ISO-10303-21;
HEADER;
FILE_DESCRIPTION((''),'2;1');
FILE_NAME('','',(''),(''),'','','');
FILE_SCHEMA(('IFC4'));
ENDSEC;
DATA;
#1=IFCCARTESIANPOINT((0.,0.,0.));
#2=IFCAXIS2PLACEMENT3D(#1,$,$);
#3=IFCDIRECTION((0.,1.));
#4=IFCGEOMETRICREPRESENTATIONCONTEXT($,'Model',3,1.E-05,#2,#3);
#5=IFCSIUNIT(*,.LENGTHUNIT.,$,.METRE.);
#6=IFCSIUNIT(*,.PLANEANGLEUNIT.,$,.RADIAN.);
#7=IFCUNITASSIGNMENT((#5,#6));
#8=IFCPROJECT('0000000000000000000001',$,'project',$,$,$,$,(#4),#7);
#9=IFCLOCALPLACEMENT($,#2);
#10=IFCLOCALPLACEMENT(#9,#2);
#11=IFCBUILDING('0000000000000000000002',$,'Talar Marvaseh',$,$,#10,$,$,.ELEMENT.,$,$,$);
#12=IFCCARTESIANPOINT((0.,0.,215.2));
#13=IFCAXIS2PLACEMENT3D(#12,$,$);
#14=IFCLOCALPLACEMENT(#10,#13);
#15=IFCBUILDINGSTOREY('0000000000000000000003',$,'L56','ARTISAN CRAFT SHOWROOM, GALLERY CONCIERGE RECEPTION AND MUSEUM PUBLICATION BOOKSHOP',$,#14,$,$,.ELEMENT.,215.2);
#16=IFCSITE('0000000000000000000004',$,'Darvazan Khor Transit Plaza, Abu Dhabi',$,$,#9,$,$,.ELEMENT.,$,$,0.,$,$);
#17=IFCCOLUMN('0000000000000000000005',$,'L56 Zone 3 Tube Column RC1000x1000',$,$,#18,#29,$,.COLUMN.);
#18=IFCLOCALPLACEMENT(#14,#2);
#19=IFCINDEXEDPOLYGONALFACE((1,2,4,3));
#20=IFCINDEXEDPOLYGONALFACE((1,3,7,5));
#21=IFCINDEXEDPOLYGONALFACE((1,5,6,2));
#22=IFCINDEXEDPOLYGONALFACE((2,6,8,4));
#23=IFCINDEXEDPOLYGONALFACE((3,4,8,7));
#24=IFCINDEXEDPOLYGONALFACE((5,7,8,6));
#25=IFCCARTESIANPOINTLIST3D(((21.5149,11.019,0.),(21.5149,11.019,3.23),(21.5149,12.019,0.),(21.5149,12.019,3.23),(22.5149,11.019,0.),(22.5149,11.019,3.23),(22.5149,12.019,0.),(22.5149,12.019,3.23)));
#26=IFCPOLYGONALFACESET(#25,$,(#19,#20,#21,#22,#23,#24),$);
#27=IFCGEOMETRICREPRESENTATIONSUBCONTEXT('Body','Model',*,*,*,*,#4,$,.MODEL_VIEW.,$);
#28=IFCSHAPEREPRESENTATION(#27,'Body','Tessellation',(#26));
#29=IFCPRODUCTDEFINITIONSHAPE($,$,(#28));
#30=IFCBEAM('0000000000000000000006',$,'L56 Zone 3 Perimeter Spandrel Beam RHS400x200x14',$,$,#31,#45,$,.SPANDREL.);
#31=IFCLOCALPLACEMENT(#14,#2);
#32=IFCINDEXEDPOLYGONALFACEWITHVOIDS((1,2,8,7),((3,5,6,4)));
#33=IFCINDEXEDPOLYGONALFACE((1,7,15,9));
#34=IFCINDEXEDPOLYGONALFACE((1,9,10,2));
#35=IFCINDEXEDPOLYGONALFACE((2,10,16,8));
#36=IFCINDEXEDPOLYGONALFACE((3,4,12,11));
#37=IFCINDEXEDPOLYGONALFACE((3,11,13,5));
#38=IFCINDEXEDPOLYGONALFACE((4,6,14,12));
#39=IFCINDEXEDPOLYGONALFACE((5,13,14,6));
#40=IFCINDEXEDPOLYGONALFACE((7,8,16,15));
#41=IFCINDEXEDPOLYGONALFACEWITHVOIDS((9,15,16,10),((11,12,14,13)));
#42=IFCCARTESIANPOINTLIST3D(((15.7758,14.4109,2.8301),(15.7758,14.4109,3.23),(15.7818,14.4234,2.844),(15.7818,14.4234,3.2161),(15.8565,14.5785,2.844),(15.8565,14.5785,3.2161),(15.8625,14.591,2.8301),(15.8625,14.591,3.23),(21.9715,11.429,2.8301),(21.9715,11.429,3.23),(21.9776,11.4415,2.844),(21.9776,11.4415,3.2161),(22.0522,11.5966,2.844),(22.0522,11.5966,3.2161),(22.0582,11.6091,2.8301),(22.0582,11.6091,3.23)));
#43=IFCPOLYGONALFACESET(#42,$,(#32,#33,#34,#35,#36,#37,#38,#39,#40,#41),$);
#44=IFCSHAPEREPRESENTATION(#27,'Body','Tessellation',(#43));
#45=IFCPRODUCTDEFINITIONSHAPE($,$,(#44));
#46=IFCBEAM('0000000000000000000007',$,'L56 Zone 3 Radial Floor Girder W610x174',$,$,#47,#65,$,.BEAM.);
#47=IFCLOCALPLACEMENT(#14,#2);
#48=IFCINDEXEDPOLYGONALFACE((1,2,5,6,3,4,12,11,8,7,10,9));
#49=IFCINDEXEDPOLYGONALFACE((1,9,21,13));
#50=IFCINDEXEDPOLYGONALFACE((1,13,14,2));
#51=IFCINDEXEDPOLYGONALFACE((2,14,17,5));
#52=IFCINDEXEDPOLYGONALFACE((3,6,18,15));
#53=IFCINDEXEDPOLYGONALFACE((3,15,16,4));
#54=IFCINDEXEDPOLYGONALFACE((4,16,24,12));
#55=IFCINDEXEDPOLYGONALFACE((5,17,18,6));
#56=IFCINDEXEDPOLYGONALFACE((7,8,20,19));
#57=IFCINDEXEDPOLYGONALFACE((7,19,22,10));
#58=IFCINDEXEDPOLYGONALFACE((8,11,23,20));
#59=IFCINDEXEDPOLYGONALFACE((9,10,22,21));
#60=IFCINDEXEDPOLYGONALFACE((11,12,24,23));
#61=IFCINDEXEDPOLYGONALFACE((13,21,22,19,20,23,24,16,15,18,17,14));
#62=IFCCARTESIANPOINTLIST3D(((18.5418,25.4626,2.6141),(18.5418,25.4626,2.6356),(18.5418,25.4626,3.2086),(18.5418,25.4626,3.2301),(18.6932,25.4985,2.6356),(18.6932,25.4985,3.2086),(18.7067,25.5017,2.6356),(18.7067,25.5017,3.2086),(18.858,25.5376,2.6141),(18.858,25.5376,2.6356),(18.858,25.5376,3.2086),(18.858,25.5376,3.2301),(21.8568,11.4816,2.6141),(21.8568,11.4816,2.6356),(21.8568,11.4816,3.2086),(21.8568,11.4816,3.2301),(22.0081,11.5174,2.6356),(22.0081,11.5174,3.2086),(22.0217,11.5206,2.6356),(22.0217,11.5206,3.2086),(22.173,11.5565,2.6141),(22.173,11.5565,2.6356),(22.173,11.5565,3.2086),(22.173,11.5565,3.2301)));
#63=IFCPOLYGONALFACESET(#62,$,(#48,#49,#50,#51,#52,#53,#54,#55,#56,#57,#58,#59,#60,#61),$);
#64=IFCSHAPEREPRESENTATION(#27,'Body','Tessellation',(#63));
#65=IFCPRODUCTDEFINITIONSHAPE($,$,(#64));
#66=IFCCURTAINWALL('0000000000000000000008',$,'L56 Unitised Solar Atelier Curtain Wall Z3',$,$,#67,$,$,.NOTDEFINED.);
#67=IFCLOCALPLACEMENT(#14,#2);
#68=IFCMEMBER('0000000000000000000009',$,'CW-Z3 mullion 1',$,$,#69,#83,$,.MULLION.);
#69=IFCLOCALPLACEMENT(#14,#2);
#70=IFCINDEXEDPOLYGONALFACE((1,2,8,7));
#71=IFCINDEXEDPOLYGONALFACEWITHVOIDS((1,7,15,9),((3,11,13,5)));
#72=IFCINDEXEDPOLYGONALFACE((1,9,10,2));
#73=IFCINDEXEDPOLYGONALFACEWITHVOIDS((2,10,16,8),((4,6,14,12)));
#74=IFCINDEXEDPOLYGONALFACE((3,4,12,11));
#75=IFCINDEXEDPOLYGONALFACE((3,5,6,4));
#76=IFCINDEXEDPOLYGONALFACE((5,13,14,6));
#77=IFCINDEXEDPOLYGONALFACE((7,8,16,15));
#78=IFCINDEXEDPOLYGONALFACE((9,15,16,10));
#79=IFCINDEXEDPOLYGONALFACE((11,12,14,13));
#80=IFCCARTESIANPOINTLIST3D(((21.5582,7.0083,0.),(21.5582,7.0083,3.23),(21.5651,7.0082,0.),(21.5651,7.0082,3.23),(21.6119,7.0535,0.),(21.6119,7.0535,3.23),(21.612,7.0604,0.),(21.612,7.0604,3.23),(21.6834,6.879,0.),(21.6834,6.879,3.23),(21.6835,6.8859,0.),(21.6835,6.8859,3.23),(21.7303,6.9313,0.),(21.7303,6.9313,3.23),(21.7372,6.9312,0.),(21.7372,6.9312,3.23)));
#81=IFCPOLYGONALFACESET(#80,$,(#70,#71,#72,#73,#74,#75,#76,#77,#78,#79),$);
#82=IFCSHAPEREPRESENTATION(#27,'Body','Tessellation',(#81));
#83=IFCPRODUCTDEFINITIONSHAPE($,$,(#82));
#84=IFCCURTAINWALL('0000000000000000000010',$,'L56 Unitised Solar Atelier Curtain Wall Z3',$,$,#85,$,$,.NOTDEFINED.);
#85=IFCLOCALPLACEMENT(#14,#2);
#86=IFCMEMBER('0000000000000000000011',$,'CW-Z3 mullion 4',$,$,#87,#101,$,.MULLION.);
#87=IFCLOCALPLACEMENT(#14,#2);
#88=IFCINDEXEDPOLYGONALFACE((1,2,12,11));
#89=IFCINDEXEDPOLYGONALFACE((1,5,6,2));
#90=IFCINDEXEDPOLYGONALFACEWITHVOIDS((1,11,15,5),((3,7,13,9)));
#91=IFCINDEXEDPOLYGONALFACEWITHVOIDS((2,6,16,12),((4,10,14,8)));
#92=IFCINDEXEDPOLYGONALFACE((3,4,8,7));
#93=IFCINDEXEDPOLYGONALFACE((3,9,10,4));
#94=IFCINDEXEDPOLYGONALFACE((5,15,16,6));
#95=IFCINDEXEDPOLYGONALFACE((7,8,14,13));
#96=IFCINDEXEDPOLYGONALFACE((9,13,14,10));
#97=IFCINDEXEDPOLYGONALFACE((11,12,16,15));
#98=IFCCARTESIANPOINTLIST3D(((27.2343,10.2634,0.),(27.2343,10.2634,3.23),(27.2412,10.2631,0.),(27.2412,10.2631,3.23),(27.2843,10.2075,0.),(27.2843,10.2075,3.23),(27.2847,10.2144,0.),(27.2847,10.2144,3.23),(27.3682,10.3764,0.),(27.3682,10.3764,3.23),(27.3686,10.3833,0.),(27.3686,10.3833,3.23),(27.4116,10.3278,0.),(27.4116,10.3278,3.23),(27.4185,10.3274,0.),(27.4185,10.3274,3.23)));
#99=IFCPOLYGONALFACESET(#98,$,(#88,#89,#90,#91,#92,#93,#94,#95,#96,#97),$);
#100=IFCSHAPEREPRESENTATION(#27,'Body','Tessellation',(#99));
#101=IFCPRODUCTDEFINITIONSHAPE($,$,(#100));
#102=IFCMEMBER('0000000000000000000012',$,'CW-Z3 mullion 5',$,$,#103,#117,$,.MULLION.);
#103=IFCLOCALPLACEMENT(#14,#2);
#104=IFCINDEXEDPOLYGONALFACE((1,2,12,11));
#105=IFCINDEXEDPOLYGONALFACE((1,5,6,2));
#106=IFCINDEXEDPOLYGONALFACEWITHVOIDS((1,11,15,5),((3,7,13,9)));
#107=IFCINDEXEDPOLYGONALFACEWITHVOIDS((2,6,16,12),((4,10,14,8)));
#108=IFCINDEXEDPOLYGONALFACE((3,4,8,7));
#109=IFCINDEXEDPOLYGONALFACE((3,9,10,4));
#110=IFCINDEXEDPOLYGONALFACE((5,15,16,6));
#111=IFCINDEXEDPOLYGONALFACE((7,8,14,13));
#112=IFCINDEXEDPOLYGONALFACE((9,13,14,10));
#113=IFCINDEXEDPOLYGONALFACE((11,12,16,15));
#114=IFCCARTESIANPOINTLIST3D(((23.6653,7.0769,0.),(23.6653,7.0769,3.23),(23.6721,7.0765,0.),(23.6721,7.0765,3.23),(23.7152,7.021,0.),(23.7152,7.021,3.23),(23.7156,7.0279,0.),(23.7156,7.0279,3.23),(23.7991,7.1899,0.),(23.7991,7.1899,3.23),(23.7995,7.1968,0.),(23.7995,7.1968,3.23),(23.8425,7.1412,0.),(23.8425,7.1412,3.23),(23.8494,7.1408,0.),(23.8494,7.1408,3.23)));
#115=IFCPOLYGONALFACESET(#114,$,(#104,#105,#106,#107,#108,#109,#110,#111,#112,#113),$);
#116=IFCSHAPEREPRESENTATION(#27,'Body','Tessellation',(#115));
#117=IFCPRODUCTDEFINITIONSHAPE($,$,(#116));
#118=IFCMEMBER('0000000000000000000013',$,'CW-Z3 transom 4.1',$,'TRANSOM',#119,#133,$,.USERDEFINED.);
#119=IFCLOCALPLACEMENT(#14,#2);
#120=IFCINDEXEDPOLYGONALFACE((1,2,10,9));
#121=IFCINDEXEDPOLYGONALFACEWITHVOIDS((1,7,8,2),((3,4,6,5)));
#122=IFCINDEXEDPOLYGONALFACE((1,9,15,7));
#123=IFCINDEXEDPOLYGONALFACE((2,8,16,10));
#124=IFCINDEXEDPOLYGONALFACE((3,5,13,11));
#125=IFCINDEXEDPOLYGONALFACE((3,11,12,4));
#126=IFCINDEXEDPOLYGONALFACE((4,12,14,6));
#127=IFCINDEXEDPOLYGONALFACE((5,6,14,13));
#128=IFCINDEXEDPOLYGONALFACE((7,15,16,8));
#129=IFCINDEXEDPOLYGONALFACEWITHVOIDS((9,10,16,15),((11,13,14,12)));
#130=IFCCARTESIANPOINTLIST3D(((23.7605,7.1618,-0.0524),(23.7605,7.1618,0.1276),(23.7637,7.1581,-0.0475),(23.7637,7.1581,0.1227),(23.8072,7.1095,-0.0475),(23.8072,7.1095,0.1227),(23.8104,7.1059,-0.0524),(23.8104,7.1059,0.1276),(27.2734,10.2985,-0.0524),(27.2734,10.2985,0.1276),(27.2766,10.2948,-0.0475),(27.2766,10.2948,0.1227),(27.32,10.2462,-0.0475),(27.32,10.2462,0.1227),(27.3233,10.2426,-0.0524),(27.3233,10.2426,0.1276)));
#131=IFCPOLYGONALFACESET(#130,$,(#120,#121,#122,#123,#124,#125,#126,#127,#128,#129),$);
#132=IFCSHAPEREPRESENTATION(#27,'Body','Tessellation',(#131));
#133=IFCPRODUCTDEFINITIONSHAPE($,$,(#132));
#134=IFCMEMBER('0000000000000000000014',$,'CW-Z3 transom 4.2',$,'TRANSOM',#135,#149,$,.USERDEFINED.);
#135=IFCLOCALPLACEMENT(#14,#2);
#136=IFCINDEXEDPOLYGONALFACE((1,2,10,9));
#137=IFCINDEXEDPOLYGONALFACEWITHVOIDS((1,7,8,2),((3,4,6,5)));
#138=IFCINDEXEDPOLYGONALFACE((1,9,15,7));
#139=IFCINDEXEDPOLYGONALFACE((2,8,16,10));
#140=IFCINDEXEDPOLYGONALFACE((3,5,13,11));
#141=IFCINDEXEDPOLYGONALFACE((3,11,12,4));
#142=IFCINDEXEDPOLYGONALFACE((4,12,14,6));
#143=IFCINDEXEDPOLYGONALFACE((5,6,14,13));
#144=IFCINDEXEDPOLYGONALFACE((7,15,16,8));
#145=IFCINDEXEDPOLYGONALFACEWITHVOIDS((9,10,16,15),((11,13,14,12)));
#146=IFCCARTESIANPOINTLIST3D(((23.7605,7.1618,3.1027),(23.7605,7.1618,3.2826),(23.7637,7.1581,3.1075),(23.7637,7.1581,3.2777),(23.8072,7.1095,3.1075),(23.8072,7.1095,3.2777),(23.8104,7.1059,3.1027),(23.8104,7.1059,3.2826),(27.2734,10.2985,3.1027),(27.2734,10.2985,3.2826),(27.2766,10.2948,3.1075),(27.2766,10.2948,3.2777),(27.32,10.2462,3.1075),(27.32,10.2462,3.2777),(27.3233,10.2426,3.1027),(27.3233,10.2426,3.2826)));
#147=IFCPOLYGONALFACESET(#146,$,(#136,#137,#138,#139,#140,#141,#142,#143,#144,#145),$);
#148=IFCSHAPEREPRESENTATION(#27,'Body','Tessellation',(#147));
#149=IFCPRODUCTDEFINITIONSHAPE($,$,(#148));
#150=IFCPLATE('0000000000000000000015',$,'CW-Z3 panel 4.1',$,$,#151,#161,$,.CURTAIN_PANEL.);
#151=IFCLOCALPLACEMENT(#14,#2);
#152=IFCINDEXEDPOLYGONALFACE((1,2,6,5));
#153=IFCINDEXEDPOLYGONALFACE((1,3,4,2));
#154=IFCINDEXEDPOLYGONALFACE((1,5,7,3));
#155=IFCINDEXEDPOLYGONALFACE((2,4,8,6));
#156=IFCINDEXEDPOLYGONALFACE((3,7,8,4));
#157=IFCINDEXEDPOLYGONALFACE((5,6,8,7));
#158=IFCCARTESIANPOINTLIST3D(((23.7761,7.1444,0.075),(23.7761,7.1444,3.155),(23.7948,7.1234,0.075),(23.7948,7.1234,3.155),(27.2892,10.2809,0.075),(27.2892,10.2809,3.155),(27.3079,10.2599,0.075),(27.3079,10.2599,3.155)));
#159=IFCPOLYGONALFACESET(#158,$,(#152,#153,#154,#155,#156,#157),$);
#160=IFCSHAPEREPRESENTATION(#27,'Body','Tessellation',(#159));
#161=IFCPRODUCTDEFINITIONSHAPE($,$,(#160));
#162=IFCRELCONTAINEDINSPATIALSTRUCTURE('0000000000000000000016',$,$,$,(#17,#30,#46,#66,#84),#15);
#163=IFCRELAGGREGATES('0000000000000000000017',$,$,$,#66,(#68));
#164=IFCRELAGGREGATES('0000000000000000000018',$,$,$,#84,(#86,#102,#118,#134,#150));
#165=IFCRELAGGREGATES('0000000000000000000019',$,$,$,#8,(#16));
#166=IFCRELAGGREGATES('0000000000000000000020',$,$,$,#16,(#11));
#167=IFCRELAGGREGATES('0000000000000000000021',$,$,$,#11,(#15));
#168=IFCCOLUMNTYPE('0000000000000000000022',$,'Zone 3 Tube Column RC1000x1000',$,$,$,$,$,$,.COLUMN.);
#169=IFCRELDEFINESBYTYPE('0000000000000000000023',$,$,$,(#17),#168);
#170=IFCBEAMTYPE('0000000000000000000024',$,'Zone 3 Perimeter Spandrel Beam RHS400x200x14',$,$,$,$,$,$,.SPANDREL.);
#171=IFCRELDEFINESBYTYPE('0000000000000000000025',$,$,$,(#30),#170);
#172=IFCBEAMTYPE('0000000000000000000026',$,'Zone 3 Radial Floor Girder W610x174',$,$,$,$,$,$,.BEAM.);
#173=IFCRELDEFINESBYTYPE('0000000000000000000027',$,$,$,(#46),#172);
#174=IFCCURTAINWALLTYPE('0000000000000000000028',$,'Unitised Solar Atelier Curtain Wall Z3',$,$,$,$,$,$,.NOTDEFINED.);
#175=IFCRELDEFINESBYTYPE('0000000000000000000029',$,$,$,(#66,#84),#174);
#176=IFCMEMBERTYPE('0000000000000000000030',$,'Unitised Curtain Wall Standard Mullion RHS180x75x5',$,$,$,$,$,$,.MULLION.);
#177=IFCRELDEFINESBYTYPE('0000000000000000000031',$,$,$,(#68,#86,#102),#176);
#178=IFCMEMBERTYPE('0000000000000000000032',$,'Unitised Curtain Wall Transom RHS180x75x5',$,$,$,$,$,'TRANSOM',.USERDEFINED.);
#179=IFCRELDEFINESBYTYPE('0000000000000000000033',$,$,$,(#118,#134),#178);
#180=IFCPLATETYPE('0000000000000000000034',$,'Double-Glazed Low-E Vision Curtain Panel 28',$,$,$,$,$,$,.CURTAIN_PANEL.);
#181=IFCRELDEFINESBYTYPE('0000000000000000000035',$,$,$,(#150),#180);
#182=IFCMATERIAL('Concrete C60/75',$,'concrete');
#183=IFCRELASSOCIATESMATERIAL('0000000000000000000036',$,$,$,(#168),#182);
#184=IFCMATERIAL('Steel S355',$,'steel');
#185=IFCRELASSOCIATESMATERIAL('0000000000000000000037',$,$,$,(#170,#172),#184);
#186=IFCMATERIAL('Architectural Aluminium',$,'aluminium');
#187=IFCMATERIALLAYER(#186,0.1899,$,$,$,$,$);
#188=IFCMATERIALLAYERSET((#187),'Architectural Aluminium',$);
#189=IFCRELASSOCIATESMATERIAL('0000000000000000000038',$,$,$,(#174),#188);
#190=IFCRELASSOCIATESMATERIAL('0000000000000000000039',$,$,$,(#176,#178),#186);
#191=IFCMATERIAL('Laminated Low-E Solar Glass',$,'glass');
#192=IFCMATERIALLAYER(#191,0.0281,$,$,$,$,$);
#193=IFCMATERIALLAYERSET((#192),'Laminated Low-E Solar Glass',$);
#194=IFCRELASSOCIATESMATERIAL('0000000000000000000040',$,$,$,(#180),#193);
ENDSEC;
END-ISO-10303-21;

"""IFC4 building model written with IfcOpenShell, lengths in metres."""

from ifc_helpers import new_model, si_unit, direction, frame, origin, origin_2d, place, context, subcontext, project, spatial, rectangle, hollow_rectangle, i_section, extrude, source, transform, mapped, material, layer, layer_set, material_profile, profile_set, type_object, type_shapes, element, aggregate, save


model = new_model("IFC4")

# Units and contexts
model_context = context("Model", 3, precision=1e-05, world=origin(), true_north=direction((0.0, 1.0)))
body_context = subcontext(model_context, "Body", "Model", "MODEL_VIEW")
ifc_project = project(units=[si_unit("LENGTHUNIT", "METRE"), si_unit("PLANEANGLEUNIT", "RADIAN")], contexts=[model_context])

# Site, building, storey
site_placement = place(None, origin())
site = spatial("IfcSite", under=ifc_project, at=site_placement, Name="Darvazan Khor Transit Plaza, Abu Dhabi", CompositionType="ELEMENT", RefElevation=0.0)
building_placement = place(site_placement, origin())
building = spatial("IfcBuilding", under=site, at=building_placement, Name="Talar Marvaseh", CompositionType="ELEMENT")
storey_placement = place(building_placement, frame((0.0, 0.0, 215.2)))
storey = spatial("IfcBuildingStorey", under=building, at=storey_placement, Name="L56", Description="ARTISAN CRAFT SHOWROOM, GALLERY CONCIERGE RECEPTION AND MUSEUM PUBLICATION BOOKSHOP", CompositionType="ELEMENT", Elevation=215.2)

# Column
ifc_material_1 = material(Name="Concrete C60/75", Category="concrete")
ifc_material_profile_1 = material_profile(ifc_material_1, rectangle(XDim=1.0, YDim=1.0, at=origin_2d()), Name="RC1000x1000")
ifc_profile_set_1 = profile_set([ifc_material_profile_1], Name="Concrete C60/75")
column_type = type_object("IfcColumnType", Name="Zone 3 Tube Column RC1000x1000", PredefinedType="COLUMN", material=ifc_profile_set_1)
column_placement = place(storey_placement, frame((22.0149, 11.519, 0.0), z_axis=(0.0, 0.0, 1.0), x_axis=(1.0, 0.0, 0.0)))
element("IfcColumn", 1, at=column_placement, inside=storey, type_object=column_type, Name="L56 Zone 3 Tube Column RC1000x1000", PredefinedType="COLUMN", context=body_context, shape_type="SweptSolid", body=[
    extrude(rectangle(XDim=1.0, YDim=1.0, at=origin_2d()), origin(), (0.0, 0.0, 1.0), 3.23),
])

# Beams
ifc_material_2 = material(Name="Steel S355", Category="steel")
ifc_material_profile_2 = material_profile(ifc_material_2, hollow_rectangle(XDim=0.2, YDim=0.3999, WallThickness=0.0139, at=origin_2d()), Name="RHS400x200x14")
ifc_profile_set_2 = profile_set([ifc_material_profile_2], Name="Steel S355")
beam_type_1 = type_object("IfcBeamType", Name="Zone 3 Perimeter Spandrel Beam RHS400x200x14", PredefinedType="SPANDREL", material=ifc_profile_set_2)
beam_1_placement = place(storey_placement, frame((22.0149, 11.519, 3.03), z_axis=(-0.901072, 0.43367, 0.0), x_axis=(-0.43367, -0.901072, 0.0)))
element("IfcBeam", 2, at=beam_1_placement, inside=storey, type_object=beam_type_1, Name="L56 Zone 3 Perimeter Spandrel Beam RHS400x200x14", PredefinedType="SPANDREL", context=body_context, shape_type="SweptSolid", body=[
    extrude(hollow_rectangle(XDim=0.2, YDim=0.3999, WallThickness=0.0139, at=origin_2d()), origin(), (0.0, 0.0, 1.0), 6.876),
])
ifc_material_profile_3 = material_profile(ifc_material_2, i_section(OverallWidth=0.325, OverallDepth=0.616, WebThickness=0.0139, FlangeThickness=0.0215, at=origin_2d()), Name="W610x174")
ifc_profile_set_3 = profile_set([ifc_material_profile_3], Name="Steel S355")
beam_type_2 = type_object("IfcBeamType", Name="Zone 3 Radial Floor Girder W610x174", PredefinedType="BEAM", material=ifc_profile_set_3)
beam_2_placement = place(storey_placement, frame((22.0149, 11.519, 2.9221), z_axis=(-0.230708, 0.973023, 0.0), x_axis=(-0.973023, -0.230708, 0.0)))
element("IfcBeam", 3, at=beam_2_placement, inside=storey, type_object=beam_type_2, Name="L56 Zone 3 Radial Floor Girder W610x174", PredefinedType="BEAM", context=body_context, shape_type="SweptSolid", body=[
    extrude(i_section(OverallWidth=0.325, OverallDepth=0.616, WebThickness=0.0139, FlangeThickness=0.0215, at=origin_2d()), origin(), (0.0, 0.0, 1.0), 14.3687),
])

# Curtain wall, member
ifc_material_3 = material(Name="Architectural Aluminium", Category="aluminium")
ifc_layer_1 = layer(ifc_material_3, 0.1899)
ifc_layer_set_1 = layer_set([ifc_layer_1], Name="Architectural Aluminium")
curtain_wall_type = type_object("IfcCurtainWallType", Name="Unitised Solar Atelier Curtain Wall Z3", PredefinedType="NOTDEFINED", material=ifc_layer_set_1)
curtain_wall_1_placement = place(storey_placement, origin())
curtain_wall_1 = element("IfcCurtainWall", 4, at=curtain_wall_1_placement, inside=storey, type_object=curtain_wall_type, Name="L56 Unitised Solar Atelier Curtain Wall Z3", PredefinedType="NOTDEFINED")
ifc_material_profile_4 = material_profile(ifc_material_3, hollow_rectangle(XDim=0.075, YDim=0.1799, WallThickness=0.0049, at=origin_2d()), Name="RHS180x75x5")
ifc_profile_set_4 = profile_set([ifc_material_profile_4], Name="Architectural Aluminium")
member_type_1 = type_object("IfcMemberType", Name="Unitised Curtain Wall Standard Mullion RHS180x75x5", PredefinedType="MULLION", material=ifc_profile_set_4)
shared_shape_1 = source(origin(), body_context, "Body", "SweptSolid", [
    extrude(hollow_rectangle(XDim=0.075, YDim=0.1799, WallThickness=0.0049, at=origin_2d()), origin(), (0.0, 0.0, 1.0), 3.23),
])
type_shapes(member_type_1, [shared_shape_1])
member_1_placement = place(storey_placement, frame((21.6477, 6.9697, 0.0), z_axis=(0.0, 0.0, 1.0), x_axis=(-0.718173, -0.695864, 0.0)))
member_1 = element("IfcMember", 5, at=member_1_placement, type_object=member_type_1, Name="CW-Z3 mullion 1", PredefinedType="MULLION", context=body_context, shape_type="MappedRepresentation", body=[
    mapped(shared_shape_1, transform((0.0, 0.0, 0.0), x_axis=(1.0, 0.0, 0.0), y_axis=(0.0, 1.0, 0.0), z_axis=(0.0, 0.0, 1.0), scale=1.0)),
])
aggregate(curtain_wall_1, [member_1])

# Curtain wall, members, plate
curtain_wall_2_placement = place(storey_placement, origin())
curtain_wall_2 = element("IfcCurtainWall", 6, at=curtain_wall_2_placement, inside=storey, type_object=curtain_wall_type, Name="L56 Unitised Solar Atelier Curtain Wall Z3", PredefinedType="NOTDEFINED")
member_2_placement = place(storey_placement, frame((27.3264, 10.2954, 0.0), z_axis=(0.0, 0.0, 1.0), x_axis=(0.665998, -0.745954, 0.0)))
member_2 = element("IfcMember", 7, at=member_2_placement, type_object=member_type_1, Name="CW-Z3 mullion 4", PredefinedType="MULLION", context=body_context, shape_type="MappedRepresentation", body=[
    mapped(shared_shape_1, transform((0.0, 0.0, 0.0), x_axis=(1.0, 0.0, 0.0), y_axis=(0.0, 1.0, 0.0), z_axis=(0.0, 0.0, 1.0), scale=1.0)),
])
member_3_placement = place(storey_placement, frame((23.7573, 7.1089, 0.0), z_axis=(0.0, 0.0, 1.0), x_axis=(0.665998, -0.745954, 0.0)))
member_3 = element("IfcMember", 8, at=member_3_placement, type_object=member_type_1, Name="CW-Z3 mullion 5", PredefinedType="MULLION", context=body_context, shape_type="MappedRepresentation", body=[
    mapped(shared_shape_1, transform((0.0, 0.0, 0.0), x_axis=(1.0, 0.0, 0.0), y_axis=(0.0, 1.0, 0.0), z_axis=(0.0, 0.0, 1.0), scale=1.0)),
])
ifc_material_profile_5 = material_profile(ifc_material_3, hollow_rectangle(XDim=0.075, YDim=0.1799, WallThickness=0.0049, at=origin_2d()), Name="RHS180x75x5")
ifc_profile_set_5 = profile_set([ifc_material_profile_5], Name="Architectural Aluminium")
member_type_2 = type_object("IfcMemberType", Name="Unitised Curtain Wall Transom RHS180x75x5", ElementType="TRANSOM", PredefinedType="USERDEFINED", material=ifc_profile_set_5)
shared_shape_2 = source(origin(), body_context, "Body", "SweptSolid", [
    extrude(hollow_rectangle(XDim=0.075, YDim=0.1799, WallThickness=0.0049, at=origin_2d()), origin(), (0.0, 0.0, 1.0), 4.7095),
])
type_shapes(member_type_2, [shared_shape_2])
member_4_placement = place(storey_placement, frame((27.2983, 10.2705, 0.0376), z_axis=(-0.74592, -0.666035, 0.0), x_axis=(0.666035, -0.74592, 0.0)))
member_4 = element("IfcMember", 9, at=member_4_placement, type_object=member_type_2, Name="CW-Z3 transom 4.1", ObjectType="TRANSOM", PredefinedType="USERDEFINED", context=body_context, shape_type="MappedRepresentation", body=[
    mapped(shared_shape_2, transform((0.0, 0.0, 0.0), x_axis=(1.0, 0.0, 0.0), y_axis=(0.0, 1.0, 0.0), z_axis=(0.0, 0.0, 1.0), scale=1.0)),
])
member_5_placement = place(storey_placement, frame((27.2983, 10.2705, 3.1926), z_axis=(-0.74592, -0.666035, 0.0), x_axis=(0.666035, -0.74592, 0.0)))
member_5 = element("IfcMember", 10, at=member_5_placement, type_object=member_type_2, Name="CW-Z3 transom 4.2", ObjectType="TRANSOM", PredefinedType="USERDEFINED", context=body_context, shape_type="MappedRepresentation", body=[
    mapped(shared_shape_2, transform((0.0, 0.0, 0.0), x_axis=(1.0, 0.0, 0.0), y_axis=(0.0, 1.0, 0.0), z_axis=(0.0, 0.0, 1.0), scale=1.0)),
])
ifc_material_4 = material(Name="Laminated Low-E Solar Glass", Category="glass")
ifc_layer_2 = layer(ifc_material_4, 0.0281)
ifc_layer_set_2 = layer_set([ifc_layer_2], Name="Laminated Low-E Solar Glass")
plate_type = type_object("IfcPlateType", Name="Double-Glazed Low-E Vision Curtain Panel 28", PredefinedType="CURTAIN_PANEL", material=ifc_layer_set_2)
shared_shape_3 = source(origin(), body_context, "Body", "SweptSolid", [
    extrude(rectangle(XDim=4.7095, YDim=0.0281, at=origin_2d()), origin(), (0.0, 0.0, 1.0), 3.0801),
])
type_shapes(plate_type, [shared_shape_3])
plate_placement = place(storey_placement, frame((25.542, 8.7021, 0.075), z_axis=(0.0, 0.0, 1.0), x_axis=(-0.745954, -0.665998, 0.0)))
plate = element("IfcPlate", 11, at=plate_placement, type_object=plate_type, Name="CW-Z3 panel 4.1", PredefinedType="CURTAIN_PANEL", context=body_context, shape_type="MappedRepresentation", body=[
    mapped(shared_shape_3, transform((0.0, 0.0, 0.0), x_axis=(1.0, 0.0, 0.0), y_axis=(0.0, 1.0, 0.0), z_axis=(0.0, 0.0, 1.0), scale=1.0)),
])
aggregate(curtain_wall_2, [member_2, member_3, member_4, member_5, plate])

save(model, "model.ifc")
